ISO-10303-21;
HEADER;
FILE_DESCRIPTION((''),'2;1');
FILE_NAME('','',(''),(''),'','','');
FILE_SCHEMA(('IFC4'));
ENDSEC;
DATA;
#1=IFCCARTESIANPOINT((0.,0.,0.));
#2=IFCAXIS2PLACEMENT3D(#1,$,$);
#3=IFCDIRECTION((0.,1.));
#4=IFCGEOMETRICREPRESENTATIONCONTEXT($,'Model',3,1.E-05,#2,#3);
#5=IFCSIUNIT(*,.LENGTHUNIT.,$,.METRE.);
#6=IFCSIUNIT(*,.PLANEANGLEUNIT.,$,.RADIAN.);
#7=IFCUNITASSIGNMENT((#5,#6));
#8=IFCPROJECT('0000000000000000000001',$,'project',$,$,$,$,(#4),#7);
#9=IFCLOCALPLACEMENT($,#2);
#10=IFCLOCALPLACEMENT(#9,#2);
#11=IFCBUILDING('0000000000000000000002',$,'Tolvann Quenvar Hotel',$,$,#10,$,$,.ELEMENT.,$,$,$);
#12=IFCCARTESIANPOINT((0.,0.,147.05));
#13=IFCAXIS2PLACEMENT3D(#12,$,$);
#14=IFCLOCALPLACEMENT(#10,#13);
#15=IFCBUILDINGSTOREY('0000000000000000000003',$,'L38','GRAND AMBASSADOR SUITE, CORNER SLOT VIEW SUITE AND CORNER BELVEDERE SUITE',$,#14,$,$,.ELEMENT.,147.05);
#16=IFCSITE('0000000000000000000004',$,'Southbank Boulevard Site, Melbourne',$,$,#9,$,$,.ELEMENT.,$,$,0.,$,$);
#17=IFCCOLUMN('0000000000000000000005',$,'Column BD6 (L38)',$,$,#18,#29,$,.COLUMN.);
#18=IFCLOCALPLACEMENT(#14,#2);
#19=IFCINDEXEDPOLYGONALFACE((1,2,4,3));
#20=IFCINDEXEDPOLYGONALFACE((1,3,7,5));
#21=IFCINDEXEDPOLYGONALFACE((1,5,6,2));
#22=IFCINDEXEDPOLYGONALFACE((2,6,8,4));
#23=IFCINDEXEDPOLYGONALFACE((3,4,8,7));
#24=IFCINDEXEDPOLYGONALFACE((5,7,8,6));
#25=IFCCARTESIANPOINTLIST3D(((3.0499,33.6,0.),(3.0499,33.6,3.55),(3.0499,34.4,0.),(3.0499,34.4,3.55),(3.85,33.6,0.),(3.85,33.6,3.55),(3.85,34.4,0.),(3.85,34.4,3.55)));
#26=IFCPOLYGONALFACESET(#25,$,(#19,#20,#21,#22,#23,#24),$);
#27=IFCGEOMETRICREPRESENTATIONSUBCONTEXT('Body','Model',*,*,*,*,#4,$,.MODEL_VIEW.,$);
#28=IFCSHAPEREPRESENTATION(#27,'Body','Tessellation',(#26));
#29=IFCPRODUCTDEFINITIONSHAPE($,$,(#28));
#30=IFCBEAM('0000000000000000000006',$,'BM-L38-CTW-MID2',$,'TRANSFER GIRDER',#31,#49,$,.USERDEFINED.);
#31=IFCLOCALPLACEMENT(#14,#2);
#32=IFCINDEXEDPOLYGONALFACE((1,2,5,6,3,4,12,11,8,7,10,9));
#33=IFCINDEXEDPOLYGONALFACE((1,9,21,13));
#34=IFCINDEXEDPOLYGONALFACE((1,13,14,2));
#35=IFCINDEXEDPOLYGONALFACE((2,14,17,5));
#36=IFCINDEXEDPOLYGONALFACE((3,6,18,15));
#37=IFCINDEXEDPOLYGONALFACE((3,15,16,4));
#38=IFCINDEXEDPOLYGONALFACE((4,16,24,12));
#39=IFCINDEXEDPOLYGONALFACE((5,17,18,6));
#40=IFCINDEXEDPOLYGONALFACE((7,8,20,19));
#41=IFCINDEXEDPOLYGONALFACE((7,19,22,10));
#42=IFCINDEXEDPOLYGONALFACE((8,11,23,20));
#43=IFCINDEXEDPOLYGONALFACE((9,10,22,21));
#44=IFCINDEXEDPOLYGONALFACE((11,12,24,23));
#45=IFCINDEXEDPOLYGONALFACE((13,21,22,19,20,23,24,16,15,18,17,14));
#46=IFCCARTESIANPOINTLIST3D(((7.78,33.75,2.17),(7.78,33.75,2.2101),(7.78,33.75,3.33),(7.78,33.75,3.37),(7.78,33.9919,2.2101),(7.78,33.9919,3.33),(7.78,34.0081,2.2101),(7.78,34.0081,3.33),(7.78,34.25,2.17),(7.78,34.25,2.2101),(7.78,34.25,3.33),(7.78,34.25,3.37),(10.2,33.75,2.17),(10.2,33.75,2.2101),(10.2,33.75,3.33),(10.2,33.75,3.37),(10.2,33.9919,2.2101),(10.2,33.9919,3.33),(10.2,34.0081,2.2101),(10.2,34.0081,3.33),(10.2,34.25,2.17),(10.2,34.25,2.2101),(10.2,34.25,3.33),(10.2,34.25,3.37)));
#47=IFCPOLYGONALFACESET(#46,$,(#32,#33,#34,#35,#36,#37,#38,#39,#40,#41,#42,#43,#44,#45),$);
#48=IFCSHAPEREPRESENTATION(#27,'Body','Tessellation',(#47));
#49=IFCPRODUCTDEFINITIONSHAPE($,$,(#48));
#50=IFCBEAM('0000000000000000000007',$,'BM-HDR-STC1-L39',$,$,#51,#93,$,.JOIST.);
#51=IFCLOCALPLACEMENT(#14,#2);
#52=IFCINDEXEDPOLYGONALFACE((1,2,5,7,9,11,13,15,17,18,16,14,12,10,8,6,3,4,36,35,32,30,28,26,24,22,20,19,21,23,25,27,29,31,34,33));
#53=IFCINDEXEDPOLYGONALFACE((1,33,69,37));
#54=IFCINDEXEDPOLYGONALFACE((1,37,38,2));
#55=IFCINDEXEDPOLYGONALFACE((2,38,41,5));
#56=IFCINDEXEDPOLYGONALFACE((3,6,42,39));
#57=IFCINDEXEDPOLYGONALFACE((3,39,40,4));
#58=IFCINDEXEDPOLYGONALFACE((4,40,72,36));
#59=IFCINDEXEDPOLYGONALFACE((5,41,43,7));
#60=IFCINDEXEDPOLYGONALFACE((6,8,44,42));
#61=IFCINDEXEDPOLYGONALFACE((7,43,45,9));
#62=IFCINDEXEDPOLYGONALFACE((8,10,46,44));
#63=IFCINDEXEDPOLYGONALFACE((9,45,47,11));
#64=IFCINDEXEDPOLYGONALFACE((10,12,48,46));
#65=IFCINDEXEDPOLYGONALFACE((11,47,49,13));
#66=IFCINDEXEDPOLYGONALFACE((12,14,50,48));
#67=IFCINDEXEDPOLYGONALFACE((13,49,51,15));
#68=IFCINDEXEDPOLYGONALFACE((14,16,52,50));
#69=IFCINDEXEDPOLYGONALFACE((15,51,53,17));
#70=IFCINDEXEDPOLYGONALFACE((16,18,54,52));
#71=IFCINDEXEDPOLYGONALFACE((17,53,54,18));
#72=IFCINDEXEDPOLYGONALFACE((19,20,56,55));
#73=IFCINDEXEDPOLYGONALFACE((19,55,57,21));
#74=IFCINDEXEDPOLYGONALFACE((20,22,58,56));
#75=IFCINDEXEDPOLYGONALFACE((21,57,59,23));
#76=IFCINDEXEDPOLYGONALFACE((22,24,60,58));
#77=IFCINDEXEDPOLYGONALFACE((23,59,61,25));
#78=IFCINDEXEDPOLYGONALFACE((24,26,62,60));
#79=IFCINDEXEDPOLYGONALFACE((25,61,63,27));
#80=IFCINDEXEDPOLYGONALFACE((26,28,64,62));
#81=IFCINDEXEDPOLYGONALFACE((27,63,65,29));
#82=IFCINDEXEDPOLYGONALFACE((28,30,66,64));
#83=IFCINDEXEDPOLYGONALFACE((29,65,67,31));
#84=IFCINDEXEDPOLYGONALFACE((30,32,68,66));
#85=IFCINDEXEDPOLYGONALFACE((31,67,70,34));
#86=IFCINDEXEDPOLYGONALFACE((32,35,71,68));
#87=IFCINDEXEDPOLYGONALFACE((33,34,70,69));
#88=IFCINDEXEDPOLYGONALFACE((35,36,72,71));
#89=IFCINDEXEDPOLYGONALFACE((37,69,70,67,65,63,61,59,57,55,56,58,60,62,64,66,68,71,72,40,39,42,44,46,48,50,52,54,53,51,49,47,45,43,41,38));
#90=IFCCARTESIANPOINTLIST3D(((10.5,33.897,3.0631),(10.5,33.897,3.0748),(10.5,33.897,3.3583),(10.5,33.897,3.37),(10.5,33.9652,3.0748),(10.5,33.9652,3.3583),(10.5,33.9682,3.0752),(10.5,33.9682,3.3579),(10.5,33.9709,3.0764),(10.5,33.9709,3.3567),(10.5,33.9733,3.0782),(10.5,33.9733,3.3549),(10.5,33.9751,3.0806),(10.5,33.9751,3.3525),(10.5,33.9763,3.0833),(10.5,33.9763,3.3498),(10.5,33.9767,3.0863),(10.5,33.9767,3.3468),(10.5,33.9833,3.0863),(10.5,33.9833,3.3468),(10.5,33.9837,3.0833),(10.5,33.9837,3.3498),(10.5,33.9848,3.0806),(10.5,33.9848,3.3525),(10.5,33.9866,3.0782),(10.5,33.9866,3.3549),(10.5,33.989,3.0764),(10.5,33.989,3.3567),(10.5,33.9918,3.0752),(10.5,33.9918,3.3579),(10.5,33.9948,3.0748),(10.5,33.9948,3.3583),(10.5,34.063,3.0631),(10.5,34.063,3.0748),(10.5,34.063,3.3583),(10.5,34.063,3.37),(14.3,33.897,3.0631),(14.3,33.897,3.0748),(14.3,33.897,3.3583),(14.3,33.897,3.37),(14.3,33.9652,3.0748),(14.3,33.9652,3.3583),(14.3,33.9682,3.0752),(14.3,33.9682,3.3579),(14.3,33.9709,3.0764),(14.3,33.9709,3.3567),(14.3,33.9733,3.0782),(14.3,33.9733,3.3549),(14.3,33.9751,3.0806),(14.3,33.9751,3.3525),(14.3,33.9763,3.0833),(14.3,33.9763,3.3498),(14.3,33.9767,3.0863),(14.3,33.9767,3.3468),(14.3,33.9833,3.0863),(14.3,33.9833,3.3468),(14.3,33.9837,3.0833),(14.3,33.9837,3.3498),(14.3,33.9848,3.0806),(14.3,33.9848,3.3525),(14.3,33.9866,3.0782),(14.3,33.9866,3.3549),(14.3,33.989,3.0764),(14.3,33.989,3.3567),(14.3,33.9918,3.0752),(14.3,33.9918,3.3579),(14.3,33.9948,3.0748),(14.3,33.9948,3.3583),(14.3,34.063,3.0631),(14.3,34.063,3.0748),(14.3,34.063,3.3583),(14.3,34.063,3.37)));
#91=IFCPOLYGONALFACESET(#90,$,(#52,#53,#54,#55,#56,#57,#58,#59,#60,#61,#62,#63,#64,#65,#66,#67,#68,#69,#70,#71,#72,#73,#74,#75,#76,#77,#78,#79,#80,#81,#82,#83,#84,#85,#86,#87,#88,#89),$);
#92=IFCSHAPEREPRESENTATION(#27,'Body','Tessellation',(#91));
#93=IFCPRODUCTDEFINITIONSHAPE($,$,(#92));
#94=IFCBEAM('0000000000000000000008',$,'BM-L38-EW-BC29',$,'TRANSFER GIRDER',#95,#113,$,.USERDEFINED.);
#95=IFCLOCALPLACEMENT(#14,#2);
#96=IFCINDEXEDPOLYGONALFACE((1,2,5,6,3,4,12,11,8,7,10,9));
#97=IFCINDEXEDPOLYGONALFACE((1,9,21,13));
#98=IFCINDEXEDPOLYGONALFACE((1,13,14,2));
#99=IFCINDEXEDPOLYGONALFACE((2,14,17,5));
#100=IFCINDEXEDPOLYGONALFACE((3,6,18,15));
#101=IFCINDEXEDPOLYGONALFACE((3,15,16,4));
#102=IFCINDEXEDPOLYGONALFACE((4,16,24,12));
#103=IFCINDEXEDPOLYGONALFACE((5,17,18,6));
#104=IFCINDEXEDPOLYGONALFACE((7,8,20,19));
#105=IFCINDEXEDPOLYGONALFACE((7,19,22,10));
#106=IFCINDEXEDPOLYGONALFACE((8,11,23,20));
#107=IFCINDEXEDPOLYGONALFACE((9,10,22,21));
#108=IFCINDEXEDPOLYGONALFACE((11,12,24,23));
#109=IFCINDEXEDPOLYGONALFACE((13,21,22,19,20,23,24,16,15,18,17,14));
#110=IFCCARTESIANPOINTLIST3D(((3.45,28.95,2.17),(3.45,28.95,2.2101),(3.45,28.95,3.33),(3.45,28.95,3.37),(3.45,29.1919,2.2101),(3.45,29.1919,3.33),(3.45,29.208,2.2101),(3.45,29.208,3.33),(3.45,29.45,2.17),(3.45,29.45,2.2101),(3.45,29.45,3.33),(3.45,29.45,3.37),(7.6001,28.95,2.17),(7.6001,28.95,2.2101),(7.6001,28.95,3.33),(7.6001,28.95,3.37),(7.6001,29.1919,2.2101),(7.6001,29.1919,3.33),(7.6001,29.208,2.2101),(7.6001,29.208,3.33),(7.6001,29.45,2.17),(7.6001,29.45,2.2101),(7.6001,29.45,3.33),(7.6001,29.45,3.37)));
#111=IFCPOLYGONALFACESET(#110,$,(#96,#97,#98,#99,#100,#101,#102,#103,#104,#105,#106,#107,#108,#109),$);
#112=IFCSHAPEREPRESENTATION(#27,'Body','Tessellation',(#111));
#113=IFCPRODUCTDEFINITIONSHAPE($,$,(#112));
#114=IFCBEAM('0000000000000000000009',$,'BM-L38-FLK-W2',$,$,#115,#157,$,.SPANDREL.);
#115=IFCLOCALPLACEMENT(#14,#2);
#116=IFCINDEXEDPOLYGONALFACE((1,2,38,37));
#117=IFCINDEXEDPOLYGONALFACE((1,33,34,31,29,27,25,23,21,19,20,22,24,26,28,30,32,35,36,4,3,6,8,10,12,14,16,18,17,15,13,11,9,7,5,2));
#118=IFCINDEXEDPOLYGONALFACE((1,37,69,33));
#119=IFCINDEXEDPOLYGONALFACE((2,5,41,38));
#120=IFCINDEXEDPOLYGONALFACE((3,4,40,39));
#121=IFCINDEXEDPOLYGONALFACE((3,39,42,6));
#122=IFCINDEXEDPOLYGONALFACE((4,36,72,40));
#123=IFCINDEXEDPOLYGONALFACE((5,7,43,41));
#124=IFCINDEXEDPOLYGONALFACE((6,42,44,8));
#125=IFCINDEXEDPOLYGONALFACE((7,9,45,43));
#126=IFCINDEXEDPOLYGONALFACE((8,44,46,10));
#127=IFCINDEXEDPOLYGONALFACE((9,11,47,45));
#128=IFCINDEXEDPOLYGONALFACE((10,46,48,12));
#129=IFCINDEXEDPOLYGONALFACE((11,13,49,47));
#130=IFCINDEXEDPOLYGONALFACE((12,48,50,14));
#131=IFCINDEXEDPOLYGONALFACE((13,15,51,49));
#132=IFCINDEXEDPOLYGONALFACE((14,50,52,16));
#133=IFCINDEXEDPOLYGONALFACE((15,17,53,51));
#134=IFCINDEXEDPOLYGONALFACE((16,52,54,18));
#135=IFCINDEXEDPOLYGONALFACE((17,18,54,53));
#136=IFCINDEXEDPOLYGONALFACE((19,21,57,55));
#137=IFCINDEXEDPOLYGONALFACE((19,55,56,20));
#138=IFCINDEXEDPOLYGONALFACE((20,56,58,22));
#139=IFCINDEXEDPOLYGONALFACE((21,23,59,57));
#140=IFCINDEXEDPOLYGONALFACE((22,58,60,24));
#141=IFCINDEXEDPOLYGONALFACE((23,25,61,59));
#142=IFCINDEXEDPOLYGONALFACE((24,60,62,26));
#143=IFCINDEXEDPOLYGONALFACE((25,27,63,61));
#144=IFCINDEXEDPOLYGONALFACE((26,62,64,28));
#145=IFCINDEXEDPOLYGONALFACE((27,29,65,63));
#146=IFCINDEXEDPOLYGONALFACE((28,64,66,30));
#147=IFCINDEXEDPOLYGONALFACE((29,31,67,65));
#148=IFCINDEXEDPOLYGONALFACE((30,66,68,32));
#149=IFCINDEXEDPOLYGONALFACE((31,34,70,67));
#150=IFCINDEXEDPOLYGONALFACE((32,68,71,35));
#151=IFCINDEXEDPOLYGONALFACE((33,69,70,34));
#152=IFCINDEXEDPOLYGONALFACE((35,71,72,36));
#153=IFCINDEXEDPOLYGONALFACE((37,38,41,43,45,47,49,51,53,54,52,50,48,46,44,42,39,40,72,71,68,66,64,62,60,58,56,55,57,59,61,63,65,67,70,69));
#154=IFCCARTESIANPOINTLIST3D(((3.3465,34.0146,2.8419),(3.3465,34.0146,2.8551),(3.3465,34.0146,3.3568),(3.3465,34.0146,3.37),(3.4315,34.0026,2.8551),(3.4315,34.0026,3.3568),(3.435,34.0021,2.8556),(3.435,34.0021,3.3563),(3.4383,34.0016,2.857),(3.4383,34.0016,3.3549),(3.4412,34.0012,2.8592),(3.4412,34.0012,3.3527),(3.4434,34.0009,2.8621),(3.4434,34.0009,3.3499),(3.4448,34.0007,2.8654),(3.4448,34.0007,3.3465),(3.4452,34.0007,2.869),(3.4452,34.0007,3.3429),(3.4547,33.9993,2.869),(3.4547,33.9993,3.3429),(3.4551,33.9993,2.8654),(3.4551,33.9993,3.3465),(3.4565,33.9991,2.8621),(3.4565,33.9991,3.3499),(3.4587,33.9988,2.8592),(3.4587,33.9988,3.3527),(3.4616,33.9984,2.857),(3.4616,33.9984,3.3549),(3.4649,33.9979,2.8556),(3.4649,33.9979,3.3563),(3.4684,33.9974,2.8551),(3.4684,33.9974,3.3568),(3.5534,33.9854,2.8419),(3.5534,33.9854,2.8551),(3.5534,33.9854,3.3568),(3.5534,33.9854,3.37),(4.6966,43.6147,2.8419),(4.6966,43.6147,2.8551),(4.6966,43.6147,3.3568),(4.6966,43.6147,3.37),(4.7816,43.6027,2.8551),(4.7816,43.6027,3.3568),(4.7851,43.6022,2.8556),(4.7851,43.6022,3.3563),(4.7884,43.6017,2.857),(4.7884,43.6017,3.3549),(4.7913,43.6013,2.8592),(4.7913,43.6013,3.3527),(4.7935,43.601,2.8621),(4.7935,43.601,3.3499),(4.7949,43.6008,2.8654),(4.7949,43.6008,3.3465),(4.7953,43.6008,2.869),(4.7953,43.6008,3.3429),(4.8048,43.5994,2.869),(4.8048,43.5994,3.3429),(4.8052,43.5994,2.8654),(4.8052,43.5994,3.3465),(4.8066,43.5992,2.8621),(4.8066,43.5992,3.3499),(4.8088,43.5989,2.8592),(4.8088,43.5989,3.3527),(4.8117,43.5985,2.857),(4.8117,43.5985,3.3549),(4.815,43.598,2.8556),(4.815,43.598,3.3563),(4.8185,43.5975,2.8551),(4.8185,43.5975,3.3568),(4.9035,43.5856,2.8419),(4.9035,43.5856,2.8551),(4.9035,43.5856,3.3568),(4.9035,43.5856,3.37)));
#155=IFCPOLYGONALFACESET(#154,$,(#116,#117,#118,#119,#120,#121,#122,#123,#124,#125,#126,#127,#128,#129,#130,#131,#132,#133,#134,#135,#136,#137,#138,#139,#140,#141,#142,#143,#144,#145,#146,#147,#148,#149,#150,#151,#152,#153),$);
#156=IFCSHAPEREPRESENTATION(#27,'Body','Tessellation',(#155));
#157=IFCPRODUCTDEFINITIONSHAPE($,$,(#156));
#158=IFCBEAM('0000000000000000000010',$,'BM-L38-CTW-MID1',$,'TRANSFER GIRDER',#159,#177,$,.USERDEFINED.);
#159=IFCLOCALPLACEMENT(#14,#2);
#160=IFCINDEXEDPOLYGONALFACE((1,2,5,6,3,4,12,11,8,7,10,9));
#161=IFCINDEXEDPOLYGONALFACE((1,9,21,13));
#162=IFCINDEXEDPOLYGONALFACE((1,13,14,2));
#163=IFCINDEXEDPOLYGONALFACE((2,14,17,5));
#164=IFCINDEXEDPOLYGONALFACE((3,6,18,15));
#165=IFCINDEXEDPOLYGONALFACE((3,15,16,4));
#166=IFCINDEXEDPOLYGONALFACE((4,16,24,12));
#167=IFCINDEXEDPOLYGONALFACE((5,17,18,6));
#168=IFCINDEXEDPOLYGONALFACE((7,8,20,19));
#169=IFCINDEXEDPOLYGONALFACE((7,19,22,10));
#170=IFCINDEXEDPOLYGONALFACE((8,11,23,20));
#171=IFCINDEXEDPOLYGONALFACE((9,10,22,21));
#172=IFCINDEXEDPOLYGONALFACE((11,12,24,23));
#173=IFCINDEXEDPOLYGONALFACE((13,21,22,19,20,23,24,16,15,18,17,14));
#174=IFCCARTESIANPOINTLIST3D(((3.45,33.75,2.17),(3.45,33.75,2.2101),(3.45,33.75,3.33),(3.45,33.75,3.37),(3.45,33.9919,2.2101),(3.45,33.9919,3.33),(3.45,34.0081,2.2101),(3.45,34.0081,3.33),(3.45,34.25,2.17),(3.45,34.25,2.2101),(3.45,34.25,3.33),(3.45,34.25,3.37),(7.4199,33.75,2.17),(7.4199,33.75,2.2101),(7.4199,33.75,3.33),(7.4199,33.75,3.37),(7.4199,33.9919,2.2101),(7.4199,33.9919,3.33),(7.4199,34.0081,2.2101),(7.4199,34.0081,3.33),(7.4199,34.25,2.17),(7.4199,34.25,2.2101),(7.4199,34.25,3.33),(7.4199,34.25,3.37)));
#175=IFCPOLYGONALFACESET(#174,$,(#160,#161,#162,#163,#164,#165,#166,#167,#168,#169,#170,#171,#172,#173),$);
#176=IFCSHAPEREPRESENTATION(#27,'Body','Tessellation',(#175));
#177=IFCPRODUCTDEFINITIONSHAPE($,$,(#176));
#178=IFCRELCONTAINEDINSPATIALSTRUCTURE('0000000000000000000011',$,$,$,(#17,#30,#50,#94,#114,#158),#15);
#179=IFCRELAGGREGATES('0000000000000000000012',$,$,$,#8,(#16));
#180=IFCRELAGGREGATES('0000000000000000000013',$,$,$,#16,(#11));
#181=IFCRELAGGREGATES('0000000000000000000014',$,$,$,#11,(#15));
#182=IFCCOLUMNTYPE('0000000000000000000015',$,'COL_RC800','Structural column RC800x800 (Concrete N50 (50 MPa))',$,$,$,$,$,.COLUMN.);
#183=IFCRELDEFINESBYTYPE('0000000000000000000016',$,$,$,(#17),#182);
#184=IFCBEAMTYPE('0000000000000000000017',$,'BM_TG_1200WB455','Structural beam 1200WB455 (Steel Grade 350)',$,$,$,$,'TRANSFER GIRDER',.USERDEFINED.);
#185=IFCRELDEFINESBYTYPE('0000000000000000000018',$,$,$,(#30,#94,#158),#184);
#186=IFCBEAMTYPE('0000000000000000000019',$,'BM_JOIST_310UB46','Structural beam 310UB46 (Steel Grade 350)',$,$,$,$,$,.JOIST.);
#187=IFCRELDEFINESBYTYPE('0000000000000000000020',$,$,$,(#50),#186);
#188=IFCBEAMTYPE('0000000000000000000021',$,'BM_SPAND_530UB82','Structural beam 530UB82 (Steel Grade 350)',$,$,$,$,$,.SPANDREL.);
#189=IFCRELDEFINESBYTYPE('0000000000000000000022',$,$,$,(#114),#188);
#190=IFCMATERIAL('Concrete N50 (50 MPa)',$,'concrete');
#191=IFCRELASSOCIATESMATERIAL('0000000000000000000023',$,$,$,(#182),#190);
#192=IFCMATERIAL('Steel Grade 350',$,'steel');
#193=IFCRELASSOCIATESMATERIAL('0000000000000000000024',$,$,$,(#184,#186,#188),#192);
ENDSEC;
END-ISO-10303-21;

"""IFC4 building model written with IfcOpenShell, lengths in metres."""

from ifc_helpers import new_model, si_unit, direction, frame, origin, origin_2d, place, context, subcontext, project, spatial, rectangle, i_section, extrude, source, transform, mapped, material, material_profile, profile_set, type_object, type_shapes, element, save


model = new_model("IFC4")

# Units and contexts
model_context = context("Model", 3, precision=1e-05, world=origin(), true_north=direction((0.0, 1.0)))
body_context = subcontext(model_context, "Body", "Model", "MODEL_VIEW")
ifc_project = project(units=[si_unit("LENGTHUNIT", "METRE"), si_unit("PLANEANGLEUNIT", "RADIAN")], contexts=[model_context])

# Site, building, storey
site_placement = place(None, origin())
site = spatial("IfcSite", under=ifc_project, at=site_placement, Name="Southbank Boulevard Site, Melbourne", CompositionType="ELEMENT", RefElevation=0.0)
building_placement = place(site_placement, origin())
building = spatial("IfcBuilding", under=site, at=building_placement, Name="Tolvann Quenvar Hotel", CompositionType="ELEMENT")
storey_placement = place(building_placement, frame((0.0, 0.0, 147.05)))
storey = spatial("IfcBuildingStorey", under=building, at=storey_placement, Name="L38", Description="GRAND AMBASSADOR SUITE, CORNER SLOT VIEW SUITE AND CORNER BELVEDERE SUITE", CompositionType="ELEMENT", Elevation=147.05)

# Column
ifc_material_1 = material(Name="Concrete N50 (50 MPa)", Category="concrete")
ifc_material_profile_1 = material_profile(ifc_material_1, rectangle(XDim=0.8, YDim=0.8, at=origin_2d()), Name="RC800x800")
ifc_profile_set_1 = profile_set([ifc_material_profile_1], Name="Concrete N50 (50 MPa)")
column_type = type_object("IfcColumnType", Name="COL_RC800", Description="Structural column RC800x800 (Concrete N50 (50 MPa))", PredefinedType="COLUMN", material=ifc_profile_set_1)
shared_shape_1 = source(origin(), body_context, "Body", "SweptSolid", [
    extrude(rectangle(XDim=0.8, YDim=0.8, at=origin_2d()), origin(), (0.0, 0.0, 1.0), 3.55),
])
type_shapes(column_type, [shared_shape_1])
column_placement = place(storey_placement, frame((3.45, 34.0, 0.0), z_axis=(0.0, 0.0, 1.0), x_axis=(1.0, 0.0, 0.0)))
element("IfcColumn", 1, at=column_placement, inside=storey, type_object=column_type, Name="Column BD6 (L38)", PredefinedType="COLUMN", context=body_context, shape_type="MappedRepresentation", body=[
    mapped(shared_shape_1, transform((0.0, 0.0, 0.0), x_axis=(1.0, 0.0, 0.0), y_axis=(0.0, 1.0, 0.0), z_axis=(0.0, 0.0, 1.0), scale=1.0)),
])

# Beams
ifc_material_2 = material(Name="Steel Grade 350", Category="steel")
ifc_material_profile_2 = material_profile(ifc_material_2, i_section(OverallWidth=0.5, OverallDepth=1.2, WebThickness=0.0161, FlangeThickness=0.04, at=origin_2d()), Name="1200WB455")
ifc_profile_set_2 = profile_set([ifc_material_profile_2], Name="Steel Grade 350")
beam_type_1 = type_object("IfcBeamType", Name="BM_TG_1200WB455", Description="Structural beam 1200WB455 (Steel Grade 350)", ElementType="TRANSFER GIRDER", PredefinedType="USERDEFINED", material=ifc_profile_set_2)
shared_shape_2 = source(origin(), body_context, "Body", "SweptSolid", [
    extrude(i_section(OverallWidth=0.5, OverallDepth=1.2, WebThickness=0.0161, FlangeThickness=0.04, at=origin_2d()), origin(), (0.0, 0.0, 1.0), 2.4199),
])
beam_1_placement = place(storey_placement, frame((7.78, 34.0, 2.77), z_axis=(1.0, 0.0, 0.0), x_axis=(0.0, 1.0, 0.0)))
element("IfcBeam", 2, at=beam_1_placement, inside=storey, type_object=beam_type_1, Name="BM-L38-CTW-MID2", ObjectType="TRANSFER GIRDER", PredefinedType="USERDEFINED", context=body_context, shape_type="MappedRepresentation", body=[
    mapped(shared_shape_2, transform((0.0, 0.0, 0.0), x_axis=(1.0, 0.0, 0.0), y_axis=(0.0, 1.0, 0.0), z_axis=(0.0, 0.0, 1.0), scale=1.0)),
])
ifc_material_profile_3 = material_profile(ifc_material_2, i_section(OverallWidth=0.166, OverallDepth=0.3069, WebThickness=0.0066, FlangeThickness=0.0117, FilletRadius=0.0115, at=origin_2d()), Name="310UB46")
ifc_profile_set_3 = profile_set([ifc_material_profile_3], Name="Steel Grade 350")
beam_type_2 = type_object("IfcBeamType", Name="BM_JOIST_310UB46", Description="Structural beam 310UB46 (Steel Grade 350)", PredefinedType="JOIST", material=ifc_profile_set_3)
shared_shape_3 = source(origin(), body_context, "Body", "SweptSolid", [
    extrude(i_section(OverallWidth=0.166, OverallDepth=0.3069, WebThickness=0.0066, FlangeThickness=0.0117, FilletRadius=0.0115, at=origin_2d()), origin(), (0.0, 0.0, 1.0), 3.8),
])
type_shapes(beam_type_2, [shared_shape_3])
beam_2_placement = place(storey_placement, frame((10.5, 33.98, 3.2166), z_axis=(1.0, 0.0, 0.0), x_axis=(0.0, 1.0, 0.0)))
element("IfcBeam", 3, at=beam_2_placement, inside=storey, type_object=beam_type_2, Name="BM-HDR-STC1-L39", PredefinedType="JOIST", context=body_context, shape_type="MappedRepresentation", body=[
    mapped(shared_shape_3, transform((0.0, 0.0, 0.0), x_axis=(1.0, 0.0, 0.0), y_axis=(0.0, 1.0, 0.0), z_axis=(0.0, 0.0, 1.0), scale=1.0)),
])
shared_shape_4 = source(origin(), body_context, "Body", "SweptSolid", [
    extrude(i_section(OverallWidth=0.5, OverallDepth=1.2, WebThickness=0.0161, FlangeThickness=0.04, at=origin_2d()), origin(), (0.0, 0.0, 1.0), 4.1501),
])
beam_3_placement = place(storey_placement, frame((3.45, 29.2, 2.77), z_axis=(1.0, 0.0, 0.0), x_axis=(0.0, 1.0, 0.0)))
element("IfcBeam", 4, at=beam_3_placement, inside=storey, type_object=beam_type_1, Name="BM-L38-EW-BC29", ObjectType="TRANSFER GIRDER", PredefinedType="USERDEFINED", context=body_context, shape_type="MappedRepresentation", body=[
    mapped(shared_shape_4, transform((0.0, 0.0, 0.0), x_axis=(1.0, 0.0, 0.0), y_axis=(0.0, 1.0, 0.0), z_axis=(0.0, 0.0, 1.0), scale=1.0)),
])
ifc_material_profile_4 = material_profile(ifc_material_2, i_section(OverallWidth=0.209, OverallDepth=0.5281, WebThickness=0.0095, FlangeThickness=0.0132, FilletRadius=0.0139, at=origin_2d()), Name="530UB82")
ifc_profile_set_4 = profile_set([ifc_material_profile_4], Name="Steel Grade 350")
beam_type_3 = type_object("IfcBeamType", Name="BM_SPAND_530UB82", Description="Structural beam 530UB82 (Steel Grade 350)", PredefinedType="SPANDREL", material=ifc_profile_set_4)
shared_shape_5 = source(origin(), body_context, "Body", "SweptSolid", [
    extrude(i_section(OverallWidth=0.209, OverallDepth=0.5281, WebThickness=0.0095, FlangeThickness=0.0132, FilletRadius=0.0139, at=origin_2d()), origin(), (0.0, 0.0, 1.0), 9.6946),
])
type_shapes(beam_type_3, [shared_shape_5])
beam_4_placement = place(storey_placement, frame((3.45, 34.0, 3.106), z_axis=(0.139263, 0.990255, 0.0), x_axis=(-0.990255, 0.139263, 0.0)))
element("IfcBeam", 5, at=beam_4_placement, inside=storey, type_object=beam_type_3, Name="BM-L38-FLK-W2", PredefinedType="SPANDREL", context=body_context, shape_type="MappedRepresentation", body=[
    mapped(shared_shape_5, transform((0.0, 0.0, 0.0), x_axis=(1.0, 0.0, 0.0), y_axis=(0.0, 1.0, 0.0), z_axis=(0.0, 0.0, 1.0), scale=1.0)),
])
shared_shape_6 = source(origin(), body_context, "Body", "SweptSolid", [
    extrude(i_section(OverallWidth=0.5, OverallDepth=1.2, WebThickness=0.0161, FlangeThickness=0.04, at=origin_2d()), origin(), (0.0, 0.0, 1.0), 3.97),
])
type_shapes(beam_type_1, [shared_shape_2, shared_shape_4, shared_shape_6])
beam_5_placement = place(storey_placement, frame((3.45, 34.0, 2.77), z_axis=(1.0, 0.0, 0.0), x_axis=(0.0, 1.0, 0.0)))
element("IfcBeam", 6, at=beam_5_placement, inside=storey, type_object=beam_type_1, Name="BM-L38-CTW-MID1", ObjectType="TRANSFER GIRDER", PredefinedType="USERDEFINED", context=body_context, shape_type="MappedRepresentation", body=[
    mapped(shared_shape_6, transform((0.0, 0.0, 0.0), x_axis=(1.0, 0.0, 0.0), y_axis=(0.0, 1.0, 0.0), z_axis=(0.0, 0.0, 1.0), scale=1.0)),
])

save(model, "model.ifc")
